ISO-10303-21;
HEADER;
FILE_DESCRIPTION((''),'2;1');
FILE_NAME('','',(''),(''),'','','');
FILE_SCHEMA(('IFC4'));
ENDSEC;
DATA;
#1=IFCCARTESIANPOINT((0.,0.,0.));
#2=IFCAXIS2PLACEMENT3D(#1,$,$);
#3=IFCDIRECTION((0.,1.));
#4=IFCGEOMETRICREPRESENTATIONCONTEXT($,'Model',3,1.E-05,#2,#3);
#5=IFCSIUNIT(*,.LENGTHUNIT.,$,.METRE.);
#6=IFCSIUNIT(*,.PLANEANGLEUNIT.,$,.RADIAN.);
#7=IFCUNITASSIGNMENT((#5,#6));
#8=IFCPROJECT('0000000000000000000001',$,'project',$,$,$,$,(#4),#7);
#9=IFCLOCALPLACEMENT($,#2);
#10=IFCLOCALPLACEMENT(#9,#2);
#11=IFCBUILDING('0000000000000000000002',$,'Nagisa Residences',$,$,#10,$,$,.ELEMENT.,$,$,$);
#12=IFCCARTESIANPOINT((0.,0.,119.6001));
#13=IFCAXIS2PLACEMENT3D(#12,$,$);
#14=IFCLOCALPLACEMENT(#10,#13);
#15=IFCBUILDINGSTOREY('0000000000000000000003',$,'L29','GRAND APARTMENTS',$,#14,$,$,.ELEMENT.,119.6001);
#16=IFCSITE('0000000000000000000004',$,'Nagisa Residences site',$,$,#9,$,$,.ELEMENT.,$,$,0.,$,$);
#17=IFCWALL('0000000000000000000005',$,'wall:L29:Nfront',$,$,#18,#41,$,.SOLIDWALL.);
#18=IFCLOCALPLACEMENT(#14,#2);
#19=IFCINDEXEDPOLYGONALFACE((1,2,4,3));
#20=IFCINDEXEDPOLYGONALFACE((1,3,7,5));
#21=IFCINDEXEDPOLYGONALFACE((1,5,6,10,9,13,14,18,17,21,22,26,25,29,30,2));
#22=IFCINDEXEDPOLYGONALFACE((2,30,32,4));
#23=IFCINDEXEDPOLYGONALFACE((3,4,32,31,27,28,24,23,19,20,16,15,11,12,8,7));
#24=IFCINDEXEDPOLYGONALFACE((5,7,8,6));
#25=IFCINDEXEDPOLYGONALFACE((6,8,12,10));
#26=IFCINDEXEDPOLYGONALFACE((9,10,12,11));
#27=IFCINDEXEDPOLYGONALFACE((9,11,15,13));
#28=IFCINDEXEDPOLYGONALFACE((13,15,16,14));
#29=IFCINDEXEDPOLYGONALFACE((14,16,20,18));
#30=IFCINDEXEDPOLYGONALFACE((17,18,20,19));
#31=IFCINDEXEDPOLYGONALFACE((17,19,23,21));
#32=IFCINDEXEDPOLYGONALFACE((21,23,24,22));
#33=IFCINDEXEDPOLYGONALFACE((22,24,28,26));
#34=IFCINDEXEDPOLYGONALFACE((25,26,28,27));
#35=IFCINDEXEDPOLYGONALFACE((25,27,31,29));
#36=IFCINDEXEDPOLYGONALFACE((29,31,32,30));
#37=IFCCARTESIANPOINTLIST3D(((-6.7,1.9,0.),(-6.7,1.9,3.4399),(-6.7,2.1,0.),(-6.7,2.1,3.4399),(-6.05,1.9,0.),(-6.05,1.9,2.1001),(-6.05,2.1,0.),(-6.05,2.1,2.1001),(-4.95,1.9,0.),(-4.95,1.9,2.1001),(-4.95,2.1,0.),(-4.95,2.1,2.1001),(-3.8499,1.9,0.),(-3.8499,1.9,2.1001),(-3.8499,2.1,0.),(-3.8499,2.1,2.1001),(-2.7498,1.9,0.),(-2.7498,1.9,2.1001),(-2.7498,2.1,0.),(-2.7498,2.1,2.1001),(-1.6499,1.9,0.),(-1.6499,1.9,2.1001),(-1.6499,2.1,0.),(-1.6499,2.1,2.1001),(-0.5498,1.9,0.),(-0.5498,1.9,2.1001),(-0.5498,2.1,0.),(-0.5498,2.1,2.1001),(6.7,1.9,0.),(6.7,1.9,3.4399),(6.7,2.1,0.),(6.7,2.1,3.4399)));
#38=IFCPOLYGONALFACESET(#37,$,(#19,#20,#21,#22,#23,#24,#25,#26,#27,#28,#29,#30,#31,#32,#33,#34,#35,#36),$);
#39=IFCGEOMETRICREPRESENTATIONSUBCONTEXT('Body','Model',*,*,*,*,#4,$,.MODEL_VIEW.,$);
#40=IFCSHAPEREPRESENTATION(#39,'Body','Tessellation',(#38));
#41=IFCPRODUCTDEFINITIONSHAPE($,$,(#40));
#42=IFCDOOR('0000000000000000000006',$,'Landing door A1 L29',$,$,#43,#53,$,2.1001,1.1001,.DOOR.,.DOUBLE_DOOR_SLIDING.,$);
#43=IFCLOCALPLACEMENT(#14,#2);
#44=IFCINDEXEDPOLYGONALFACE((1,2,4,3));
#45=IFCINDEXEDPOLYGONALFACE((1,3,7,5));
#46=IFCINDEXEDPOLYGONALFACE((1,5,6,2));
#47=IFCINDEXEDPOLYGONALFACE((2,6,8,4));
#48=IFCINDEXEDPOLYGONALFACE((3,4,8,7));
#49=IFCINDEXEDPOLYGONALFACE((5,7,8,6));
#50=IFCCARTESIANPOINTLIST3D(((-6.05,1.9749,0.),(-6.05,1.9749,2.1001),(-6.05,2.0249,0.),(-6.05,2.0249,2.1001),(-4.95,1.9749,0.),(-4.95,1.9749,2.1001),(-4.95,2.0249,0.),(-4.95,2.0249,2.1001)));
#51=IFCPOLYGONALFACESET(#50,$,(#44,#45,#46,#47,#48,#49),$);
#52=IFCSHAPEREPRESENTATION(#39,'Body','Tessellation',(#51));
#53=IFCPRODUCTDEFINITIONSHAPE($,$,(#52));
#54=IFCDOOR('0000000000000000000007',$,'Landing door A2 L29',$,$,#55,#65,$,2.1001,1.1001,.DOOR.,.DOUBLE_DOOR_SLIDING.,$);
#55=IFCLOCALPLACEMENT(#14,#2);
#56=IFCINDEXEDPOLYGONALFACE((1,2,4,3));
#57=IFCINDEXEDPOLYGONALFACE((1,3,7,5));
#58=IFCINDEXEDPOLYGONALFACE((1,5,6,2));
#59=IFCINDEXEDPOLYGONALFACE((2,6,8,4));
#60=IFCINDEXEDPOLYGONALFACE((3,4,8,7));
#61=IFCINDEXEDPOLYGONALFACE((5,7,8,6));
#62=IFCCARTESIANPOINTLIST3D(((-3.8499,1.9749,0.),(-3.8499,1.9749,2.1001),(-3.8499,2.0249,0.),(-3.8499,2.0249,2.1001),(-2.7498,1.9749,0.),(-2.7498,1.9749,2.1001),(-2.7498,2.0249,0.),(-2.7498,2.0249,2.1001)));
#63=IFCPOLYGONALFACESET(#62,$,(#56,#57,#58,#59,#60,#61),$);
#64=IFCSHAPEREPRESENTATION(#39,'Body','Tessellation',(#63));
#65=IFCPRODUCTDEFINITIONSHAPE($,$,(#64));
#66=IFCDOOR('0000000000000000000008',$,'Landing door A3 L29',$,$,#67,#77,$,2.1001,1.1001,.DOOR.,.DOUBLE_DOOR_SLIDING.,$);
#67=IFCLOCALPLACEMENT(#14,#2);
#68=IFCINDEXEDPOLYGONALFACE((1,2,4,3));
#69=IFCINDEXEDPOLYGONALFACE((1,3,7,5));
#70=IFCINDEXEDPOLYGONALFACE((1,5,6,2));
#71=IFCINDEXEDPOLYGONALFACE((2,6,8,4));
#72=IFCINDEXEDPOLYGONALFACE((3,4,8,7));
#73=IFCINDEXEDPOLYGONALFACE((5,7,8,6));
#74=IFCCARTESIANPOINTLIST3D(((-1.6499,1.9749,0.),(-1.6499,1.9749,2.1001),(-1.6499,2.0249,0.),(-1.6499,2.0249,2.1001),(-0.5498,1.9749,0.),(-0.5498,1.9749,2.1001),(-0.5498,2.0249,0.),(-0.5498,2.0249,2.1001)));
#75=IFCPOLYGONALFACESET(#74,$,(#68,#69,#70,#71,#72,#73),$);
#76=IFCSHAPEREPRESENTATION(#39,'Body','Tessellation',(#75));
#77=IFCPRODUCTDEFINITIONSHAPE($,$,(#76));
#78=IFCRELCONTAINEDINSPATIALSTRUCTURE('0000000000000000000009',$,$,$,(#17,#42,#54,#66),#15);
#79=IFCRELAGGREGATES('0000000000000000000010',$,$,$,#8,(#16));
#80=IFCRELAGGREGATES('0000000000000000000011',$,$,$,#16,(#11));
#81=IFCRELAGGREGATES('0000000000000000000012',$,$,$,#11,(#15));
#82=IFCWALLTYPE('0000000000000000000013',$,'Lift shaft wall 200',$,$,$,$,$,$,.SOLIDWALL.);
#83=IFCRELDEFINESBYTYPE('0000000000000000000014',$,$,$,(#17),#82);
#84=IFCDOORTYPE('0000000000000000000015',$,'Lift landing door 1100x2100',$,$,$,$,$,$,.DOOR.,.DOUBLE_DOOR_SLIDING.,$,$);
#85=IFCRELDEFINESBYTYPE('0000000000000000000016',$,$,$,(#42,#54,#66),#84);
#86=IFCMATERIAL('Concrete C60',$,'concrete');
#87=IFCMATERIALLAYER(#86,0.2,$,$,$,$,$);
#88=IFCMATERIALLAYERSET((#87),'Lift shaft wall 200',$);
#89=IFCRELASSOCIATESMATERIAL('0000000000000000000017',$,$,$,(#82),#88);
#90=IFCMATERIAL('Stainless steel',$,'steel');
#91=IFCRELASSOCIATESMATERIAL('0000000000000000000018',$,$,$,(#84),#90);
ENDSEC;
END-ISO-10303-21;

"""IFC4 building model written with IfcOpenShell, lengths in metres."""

from ifc_helpers import new_model, si_unit, direction, frame, frame_2d, origin, place, context, subcontext, project, spatial, rectangle, extrude, material, layer, layer_set, type_object, element, fill, save


model = new_model("IFC4")

# Units and contexts
model_context = context("Model", 3, precision=1e-05, world=origin(), true_north=direction((0.0, 1.0)))
body_context = subcontext(model_context, "Body", "Model", "MODEL_VIEW")
ifc_project = project(units=[si_unit("LENGTHUNIT", "METRE"), si_unit("PLANEANGLEUNIT", "RADIAN")], contexts=[model_context])

# Site, building, storey
site_placement = place(None, origin())
site = spatial("IfcSite", under=ifc_project, at=site_placement, Name="Nagisa Residences site", CompositionType="ELEMENT", RefElevation=0.0)
building_placement = place(site_placement, origin())
building = spatial("IfcBuilding", under=site, at=building_placement, Name="Nagisa Residences", CompositionType="ELEMENT")
storey_placement = place(building_placement, frame((0.0, 0.0, 119.6001)))
storey = spatial("IfcBuildingStorey", under=building, at=storey_placement, Name="L29", Description="GRAND APARTMENTS", CompositionType="ELEMENT", Elevation=119.6001)

# Shared definitions
ifc_material_1 = material(Name="Concrete C60", Category="concrete")
ifc_layer_1 = layer(ifc_material_1, 0.2)
ifc_layer_set_1 = layer_set([ifc_layer_1], Name="Lift shaft wall 200")
wall_type_1 = type_object("IfcWallType", Name="Lift shaft wall 200", PredefinedType="SOLIDWALL", material=ifc_layer_set_1)
ifc_material_2 = material(Name="Stainless steel", Category="steel")
door_type_1 = type_object("IfcDoorType", Name="Lift landing door 1100x2100", OperationType="DOUBLE_DOOR_SLIDING", PredefinedType="DOOR", material=ifc_material_2)

# Wall, openings, doors
wall_1_placement = place(storey_placement, frame((-6.7, 2.0, 0.0), z_axis=(0.0, 0.0, 1.0), x_axis=(1.0, 0.0, 0.0)))
wall_1 = element("IfcWall", 1, at=wall_1_placement, inside=storey, type_object=wall_type_1, Name="wall:L29:Nfront", PredefinedType="SOLIDWALL", context=body_context, shape_type="SweptSolid", body=[
    extrude(rectangle(XDim=13.3999, YDim=0.2, at=frame_2d((6.7, 0.0))), origin(), (0.0, 0.0, 1.0), 3.4399),
])
opening_1_placement = place(wall_1_placement, frame((0.6499, 0.0, 0.0)))
opening_1 = element("IfcOpeningElement", 2, at=opening_1_placement, cuts=wall_1, PredefinedType="OPENING", context=body_context, shape_type="SweptSolid", body=[
    extrude(rectangle(XDim=1.1001, YDim=2.1001, at=frame_2d((0.55, 1.05))), frame((0.0, 0.1099, 0.0), z_axis=(0.0, -1.0, 0.0), x_axis=(1.0, 0.0, 0.0)), (0.0, 0.0, 1.0), 0.22),
])
opening_2_placement = place(wall_1_placement, frame((2.8501, 0.0, 0.0)))
opening_2 = element("IfcOpeningElement", 3, at=opening_2_placement, cuts=wall_1, PredefinedType="OPENING", context=body_context, shape_type="SweptSolid", body=[
    extrude(rectangle(XDim=1.1001, YDim=2.1001, at=frame_2d((0.55, 1.05))), frame((0.0, 0.1099, 0.0), z_axis=(0.0, -1.0, 0.0), x_axis=(1.0, 0.0, 0.0)), (0.0, 0.0, 1.0), 0.22),
])
opening_3_placement = place(wall_1_placement, frame((5.05, 0.0, 0.0)))
opening_3 = element("IfcOpeningElement", 4, at=opening_3_placement, cuts=wall_1, PredefinedType="OPENING", context=body_context, shape_type="SweptSolid", body=[
    extrude(rectangle(XDim=1.1001, YDim=2.1001, at=frame_2d((0.55, 1.05))), frame((0.0, 0.1099, 0.0), z_axis=(0.0, -1.0, 0.0), x_axis=(1.0, 0.0, 0.0)), (0.0, 0.0, 1.0), 0.22),
])
door_1_placement = place(opening_1_placement, origin())
door_1 = element("IfcDoor", 5, at=door_1_placement, inside=storey, type_object=door_type_1, Name="Landing door A1 L29", OperationType="DOUBLE_DOOR_SLIDING", OverallHeight=2.1001, OverallWidth=1.1001, PredefinedType="DOOR", context=body_context, shape_type="SweptSolid", body=[
    extrude(rectangle(XDim=1.1001, YDim=2.1001, at=frame_2d((0.55, 1.05))), frame((0.0, 0.0249, 0.0), z_axis=(0.0, -1.0, 0.0), x_axis=(1.0, 0.0, 0.0)), (0.0, 0.0, 1.0), 0.05),
])
fill(opening_1, door_1)
door_2_placement = place(opening_2_placement, origin())
door_2 = element("IfcDoor", 6, at=door_2_placement, inside=storey, type_object=door_type_1, Name="Landing door A2 L29", OperationType="DOUBLE_DOOR_SLIDING", OverallHeight=2.1001, OverallWidth=1.1001, PredefinedType="DOOR", context=body_context, shape_type="SweptSolid", body=[
    extrude(rectangle(XDim=1.1001, YDim=2.1001, at=frame_2d((0.55, 1.05))), frame((0.0, 0.0249, 0.0), z_axis=(0.0, -1.0, 0.0), x_axis=(1.0, 0.0, 0.0)), (0.0, 0.0, 1.0), 0.05),
])
fill(opening_2, door_2)
door_3_placement = place(opening_3_placement, origin())
door_3 = element("IfcDoor", 7, at=door_3_placement, inside=storey, type_object=door_type_1, Name="Landing door A3 L29", OperationType="DOUBLE_DOOR_SLIDING", OverallHeight=2.1001, OverallWidth=1.1001, PredefinedType="DOOR", context=body_context, shape_type="SweptSolid", body=[
    extrude(rectangle(XDim=1.1001, YDim=2.1001, at=frame_2d((0.55, 1.05))), frame((0.0, 0.0249, 0.0), z_axis=(0.0, -1.0, 0.0), x_axis=(1.0, 0.0, 0.0)), (0.0, 0.0, 1.0), 0.05),
])
fill(opening_3, door_3)

save(model, "model.ifc")
